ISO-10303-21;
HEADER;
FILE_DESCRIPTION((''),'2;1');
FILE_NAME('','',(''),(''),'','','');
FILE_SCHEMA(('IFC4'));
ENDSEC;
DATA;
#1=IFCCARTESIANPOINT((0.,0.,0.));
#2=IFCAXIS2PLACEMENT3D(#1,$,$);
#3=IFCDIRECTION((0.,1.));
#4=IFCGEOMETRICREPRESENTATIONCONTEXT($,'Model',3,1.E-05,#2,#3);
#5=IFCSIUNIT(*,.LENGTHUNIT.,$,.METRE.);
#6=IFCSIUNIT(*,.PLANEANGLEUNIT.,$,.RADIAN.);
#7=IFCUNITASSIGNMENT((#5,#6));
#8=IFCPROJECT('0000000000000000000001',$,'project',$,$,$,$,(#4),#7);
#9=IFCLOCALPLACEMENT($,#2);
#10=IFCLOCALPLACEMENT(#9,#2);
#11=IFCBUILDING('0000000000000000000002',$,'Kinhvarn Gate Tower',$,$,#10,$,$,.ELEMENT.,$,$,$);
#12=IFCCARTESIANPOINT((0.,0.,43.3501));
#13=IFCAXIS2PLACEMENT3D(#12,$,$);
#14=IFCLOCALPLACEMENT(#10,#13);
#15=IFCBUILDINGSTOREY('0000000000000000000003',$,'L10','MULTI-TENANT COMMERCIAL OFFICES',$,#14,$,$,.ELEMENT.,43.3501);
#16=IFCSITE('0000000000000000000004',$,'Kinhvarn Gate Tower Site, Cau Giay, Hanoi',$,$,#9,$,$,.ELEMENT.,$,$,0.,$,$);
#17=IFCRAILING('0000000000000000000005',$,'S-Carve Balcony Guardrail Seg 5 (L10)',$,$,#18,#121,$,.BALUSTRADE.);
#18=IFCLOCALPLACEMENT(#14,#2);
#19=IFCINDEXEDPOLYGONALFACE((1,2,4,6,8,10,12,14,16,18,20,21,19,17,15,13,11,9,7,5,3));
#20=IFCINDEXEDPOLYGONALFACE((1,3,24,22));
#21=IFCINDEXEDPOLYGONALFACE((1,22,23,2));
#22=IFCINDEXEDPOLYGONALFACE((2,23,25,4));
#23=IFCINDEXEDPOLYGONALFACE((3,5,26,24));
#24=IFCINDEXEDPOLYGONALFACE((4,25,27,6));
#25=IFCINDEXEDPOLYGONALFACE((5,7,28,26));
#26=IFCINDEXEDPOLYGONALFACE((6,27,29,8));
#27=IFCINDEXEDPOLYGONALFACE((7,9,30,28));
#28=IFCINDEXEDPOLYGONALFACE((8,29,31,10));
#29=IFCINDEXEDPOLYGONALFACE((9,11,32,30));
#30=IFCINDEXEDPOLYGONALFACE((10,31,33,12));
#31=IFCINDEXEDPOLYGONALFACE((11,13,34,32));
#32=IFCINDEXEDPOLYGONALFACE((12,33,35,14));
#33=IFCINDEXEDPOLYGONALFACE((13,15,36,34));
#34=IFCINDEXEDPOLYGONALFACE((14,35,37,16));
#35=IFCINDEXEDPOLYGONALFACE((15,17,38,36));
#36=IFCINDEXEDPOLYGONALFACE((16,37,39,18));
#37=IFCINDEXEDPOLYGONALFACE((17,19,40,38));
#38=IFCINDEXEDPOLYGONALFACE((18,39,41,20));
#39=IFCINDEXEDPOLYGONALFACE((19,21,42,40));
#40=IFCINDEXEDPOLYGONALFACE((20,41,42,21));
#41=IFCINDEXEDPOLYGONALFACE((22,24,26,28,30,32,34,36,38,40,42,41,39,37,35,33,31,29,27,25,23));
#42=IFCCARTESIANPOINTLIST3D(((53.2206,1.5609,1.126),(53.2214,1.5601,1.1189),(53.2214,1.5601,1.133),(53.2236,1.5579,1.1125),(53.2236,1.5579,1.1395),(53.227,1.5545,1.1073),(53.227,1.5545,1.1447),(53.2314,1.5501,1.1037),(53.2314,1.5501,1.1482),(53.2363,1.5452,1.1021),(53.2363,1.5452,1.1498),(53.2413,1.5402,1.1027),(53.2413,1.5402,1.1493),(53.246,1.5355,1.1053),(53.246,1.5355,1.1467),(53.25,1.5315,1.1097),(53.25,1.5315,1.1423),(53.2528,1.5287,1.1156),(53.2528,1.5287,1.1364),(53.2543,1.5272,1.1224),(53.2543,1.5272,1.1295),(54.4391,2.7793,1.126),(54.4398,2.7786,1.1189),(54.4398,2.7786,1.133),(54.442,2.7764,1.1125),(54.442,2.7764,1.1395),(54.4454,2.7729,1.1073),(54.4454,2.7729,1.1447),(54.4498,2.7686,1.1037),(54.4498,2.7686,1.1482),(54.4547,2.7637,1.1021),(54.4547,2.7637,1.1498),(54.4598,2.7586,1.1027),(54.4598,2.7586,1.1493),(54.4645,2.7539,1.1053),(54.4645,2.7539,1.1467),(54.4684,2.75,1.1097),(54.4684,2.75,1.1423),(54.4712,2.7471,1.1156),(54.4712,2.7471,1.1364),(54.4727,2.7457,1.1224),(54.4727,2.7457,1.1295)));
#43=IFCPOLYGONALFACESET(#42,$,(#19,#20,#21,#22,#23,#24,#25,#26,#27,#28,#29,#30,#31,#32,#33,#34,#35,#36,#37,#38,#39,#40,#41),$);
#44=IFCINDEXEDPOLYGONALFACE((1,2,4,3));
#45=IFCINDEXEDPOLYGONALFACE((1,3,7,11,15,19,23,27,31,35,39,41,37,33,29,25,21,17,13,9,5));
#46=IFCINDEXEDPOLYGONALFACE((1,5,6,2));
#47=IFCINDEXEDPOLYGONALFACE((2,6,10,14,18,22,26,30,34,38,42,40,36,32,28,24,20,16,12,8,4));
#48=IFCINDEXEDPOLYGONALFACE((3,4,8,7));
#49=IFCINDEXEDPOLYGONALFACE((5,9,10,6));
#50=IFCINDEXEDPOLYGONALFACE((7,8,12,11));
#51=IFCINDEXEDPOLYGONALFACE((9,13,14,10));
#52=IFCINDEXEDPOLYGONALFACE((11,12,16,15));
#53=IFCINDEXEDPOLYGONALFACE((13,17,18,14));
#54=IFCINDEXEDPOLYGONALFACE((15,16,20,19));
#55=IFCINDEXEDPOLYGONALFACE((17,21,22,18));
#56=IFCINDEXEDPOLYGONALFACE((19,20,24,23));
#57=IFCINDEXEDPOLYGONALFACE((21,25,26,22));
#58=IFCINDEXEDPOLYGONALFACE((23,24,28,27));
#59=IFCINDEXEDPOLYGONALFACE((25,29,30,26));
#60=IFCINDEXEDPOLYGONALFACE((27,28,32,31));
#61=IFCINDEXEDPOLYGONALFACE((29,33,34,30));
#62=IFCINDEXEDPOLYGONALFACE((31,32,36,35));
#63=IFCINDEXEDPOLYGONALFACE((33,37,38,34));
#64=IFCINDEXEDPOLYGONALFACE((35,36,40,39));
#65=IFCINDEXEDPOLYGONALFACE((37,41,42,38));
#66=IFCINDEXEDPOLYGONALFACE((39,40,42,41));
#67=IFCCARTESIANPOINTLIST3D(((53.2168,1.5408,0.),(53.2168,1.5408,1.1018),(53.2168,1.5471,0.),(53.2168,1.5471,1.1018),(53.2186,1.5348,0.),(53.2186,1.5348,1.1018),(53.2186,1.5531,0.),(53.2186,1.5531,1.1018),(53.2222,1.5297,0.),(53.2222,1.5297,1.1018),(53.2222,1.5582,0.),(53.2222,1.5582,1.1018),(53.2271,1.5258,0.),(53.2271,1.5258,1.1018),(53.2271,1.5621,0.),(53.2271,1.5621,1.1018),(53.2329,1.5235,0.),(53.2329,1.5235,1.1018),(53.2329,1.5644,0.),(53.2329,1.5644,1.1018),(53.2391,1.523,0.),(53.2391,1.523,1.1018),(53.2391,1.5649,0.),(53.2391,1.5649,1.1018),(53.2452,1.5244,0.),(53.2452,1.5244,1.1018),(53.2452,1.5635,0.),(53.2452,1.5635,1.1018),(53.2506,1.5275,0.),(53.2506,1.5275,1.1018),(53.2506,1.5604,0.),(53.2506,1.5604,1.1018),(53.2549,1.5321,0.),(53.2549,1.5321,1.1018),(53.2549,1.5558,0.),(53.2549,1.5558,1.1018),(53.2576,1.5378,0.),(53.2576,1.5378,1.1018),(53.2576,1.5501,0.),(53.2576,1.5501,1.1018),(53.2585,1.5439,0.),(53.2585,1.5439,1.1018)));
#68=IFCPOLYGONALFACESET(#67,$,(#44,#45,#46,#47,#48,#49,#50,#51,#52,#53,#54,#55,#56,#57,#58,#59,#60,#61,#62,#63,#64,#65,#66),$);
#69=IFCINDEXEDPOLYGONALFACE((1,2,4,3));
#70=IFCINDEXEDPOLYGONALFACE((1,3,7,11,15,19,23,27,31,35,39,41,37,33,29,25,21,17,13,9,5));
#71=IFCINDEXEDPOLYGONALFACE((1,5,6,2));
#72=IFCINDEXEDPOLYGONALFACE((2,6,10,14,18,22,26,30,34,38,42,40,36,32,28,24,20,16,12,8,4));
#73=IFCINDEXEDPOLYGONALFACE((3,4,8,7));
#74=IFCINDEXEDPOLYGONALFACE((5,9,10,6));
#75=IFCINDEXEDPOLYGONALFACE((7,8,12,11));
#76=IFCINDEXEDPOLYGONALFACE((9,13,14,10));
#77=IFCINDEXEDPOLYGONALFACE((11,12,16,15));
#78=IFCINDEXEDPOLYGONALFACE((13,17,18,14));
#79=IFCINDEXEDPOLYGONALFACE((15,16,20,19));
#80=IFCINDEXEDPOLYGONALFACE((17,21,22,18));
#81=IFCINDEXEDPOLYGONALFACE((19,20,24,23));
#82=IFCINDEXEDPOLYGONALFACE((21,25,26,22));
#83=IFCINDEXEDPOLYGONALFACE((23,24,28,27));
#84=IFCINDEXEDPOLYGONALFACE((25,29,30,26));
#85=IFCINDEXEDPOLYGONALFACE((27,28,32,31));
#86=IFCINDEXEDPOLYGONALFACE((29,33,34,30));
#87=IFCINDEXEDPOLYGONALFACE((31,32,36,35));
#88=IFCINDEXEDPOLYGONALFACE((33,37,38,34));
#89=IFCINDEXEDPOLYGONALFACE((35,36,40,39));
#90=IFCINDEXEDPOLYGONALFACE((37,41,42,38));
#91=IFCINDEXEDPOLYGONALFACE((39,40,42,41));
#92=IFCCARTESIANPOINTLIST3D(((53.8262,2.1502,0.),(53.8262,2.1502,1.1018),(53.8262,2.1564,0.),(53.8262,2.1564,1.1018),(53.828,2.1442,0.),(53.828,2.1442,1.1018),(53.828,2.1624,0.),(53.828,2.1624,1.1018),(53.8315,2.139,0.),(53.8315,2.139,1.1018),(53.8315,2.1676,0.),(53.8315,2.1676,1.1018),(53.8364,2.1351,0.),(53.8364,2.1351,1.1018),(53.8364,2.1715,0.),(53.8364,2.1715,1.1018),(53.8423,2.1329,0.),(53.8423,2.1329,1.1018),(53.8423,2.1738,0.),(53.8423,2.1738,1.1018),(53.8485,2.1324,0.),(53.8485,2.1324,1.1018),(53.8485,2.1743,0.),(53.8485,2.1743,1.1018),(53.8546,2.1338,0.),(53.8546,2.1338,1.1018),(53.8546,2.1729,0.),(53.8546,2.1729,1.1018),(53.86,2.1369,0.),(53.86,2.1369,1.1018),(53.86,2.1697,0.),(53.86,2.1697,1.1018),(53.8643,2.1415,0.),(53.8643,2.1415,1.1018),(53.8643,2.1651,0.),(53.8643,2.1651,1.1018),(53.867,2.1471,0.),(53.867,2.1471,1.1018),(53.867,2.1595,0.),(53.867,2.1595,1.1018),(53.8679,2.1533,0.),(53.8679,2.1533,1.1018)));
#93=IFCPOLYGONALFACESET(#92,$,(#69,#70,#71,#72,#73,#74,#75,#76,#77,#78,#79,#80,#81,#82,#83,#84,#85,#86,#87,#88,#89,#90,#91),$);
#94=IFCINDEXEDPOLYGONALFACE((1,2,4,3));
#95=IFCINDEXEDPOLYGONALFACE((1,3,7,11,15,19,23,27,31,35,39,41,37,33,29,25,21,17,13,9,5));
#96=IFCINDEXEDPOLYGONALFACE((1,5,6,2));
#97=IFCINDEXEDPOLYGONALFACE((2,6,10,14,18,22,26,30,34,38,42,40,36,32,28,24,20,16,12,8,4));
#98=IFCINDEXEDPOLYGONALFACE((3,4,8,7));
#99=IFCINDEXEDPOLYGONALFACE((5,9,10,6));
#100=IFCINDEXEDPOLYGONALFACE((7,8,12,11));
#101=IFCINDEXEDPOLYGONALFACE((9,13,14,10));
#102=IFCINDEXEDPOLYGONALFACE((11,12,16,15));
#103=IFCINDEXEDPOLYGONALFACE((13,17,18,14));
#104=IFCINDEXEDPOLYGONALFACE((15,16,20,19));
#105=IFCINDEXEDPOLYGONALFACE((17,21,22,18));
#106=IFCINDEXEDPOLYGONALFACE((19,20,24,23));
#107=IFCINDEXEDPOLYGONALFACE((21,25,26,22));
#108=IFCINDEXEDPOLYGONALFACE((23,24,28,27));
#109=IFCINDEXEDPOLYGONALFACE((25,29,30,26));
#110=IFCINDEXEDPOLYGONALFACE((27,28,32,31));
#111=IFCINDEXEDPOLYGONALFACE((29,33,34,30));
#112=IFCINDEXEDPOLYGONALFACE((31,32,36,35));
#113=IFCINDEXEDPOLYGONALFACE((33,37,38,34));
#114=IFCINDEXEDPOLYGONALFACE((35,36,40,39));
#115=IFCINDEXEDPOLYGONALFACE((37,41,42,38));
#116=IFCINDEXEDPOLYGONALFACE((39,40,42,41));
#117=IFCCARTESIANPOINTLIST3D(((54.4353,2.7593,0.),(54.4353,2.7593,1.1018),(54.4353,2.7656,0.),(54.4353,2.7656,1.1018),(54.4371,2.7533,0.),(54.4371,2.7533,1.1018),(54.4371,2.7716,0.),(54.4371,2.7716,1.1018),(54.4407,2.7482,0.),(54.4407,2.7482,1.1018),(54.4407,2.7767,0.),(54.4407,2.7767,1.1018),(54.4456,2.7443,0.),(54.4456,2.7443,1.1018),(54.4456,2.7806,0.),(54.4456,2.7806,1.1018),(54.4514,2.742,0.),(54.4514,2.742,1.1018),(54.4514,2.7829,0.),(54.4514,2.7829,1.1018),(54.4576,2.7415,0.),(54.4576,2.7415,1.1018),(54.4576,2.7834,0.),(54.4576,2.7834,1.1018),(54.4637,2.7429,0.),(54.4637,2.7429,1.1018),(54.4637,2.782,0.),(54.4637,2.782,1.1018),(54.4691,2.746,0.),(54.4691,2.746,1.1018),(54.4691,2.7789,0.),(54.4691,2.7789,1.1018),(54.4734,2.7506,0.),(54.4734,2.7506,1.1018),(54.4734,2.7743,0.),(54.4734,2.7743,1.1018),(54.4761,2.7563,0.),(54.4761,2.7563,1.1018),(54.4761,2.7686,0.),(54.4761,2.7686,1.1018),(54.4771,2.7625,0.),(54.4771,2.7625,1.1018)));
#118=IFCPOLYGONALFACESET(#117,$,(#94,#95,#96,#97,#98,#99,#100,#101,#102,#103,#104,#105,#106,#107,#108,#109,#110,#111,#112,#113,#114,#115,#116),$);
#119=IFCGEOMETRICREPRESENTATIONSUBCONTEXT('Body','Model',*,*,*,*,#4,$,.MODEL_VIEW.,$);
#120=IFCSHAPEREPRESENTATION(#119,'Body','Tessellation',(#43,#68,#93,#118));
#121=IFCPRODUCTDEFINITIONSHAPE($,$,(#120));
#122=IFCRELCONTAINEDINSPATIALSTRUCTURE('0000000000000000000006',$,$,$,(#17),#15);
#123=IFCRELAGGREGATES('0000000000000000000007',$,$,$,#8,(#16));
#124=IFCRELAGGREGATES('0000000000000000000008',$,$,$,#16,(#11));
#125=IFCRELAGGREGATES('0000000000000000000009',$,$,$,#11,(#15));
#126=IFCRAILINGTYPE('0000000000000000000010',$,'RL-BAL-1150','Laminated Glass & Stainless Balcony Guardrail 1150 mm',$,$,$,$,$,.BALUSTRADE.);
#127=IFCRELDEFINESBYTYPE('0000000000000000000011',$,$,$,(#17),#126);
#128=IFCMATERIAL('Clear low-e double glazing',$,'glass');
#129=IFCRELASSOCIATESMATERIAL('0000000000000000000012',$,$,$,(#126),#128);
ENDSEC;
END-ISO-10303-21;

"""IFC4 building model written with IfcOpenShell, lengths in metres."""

from ifc_helpers import new_model, si_unit, direction, frame, origin, origin_2d, place, context, subcontext, project, spatial, circle, extrude, material, type_object, element, save


model = new_model("IFC4")

# Units and contexts
model_context = context("Model", 3, precision=1e-05, world=origin(), true_north=direction((0.0, 1.0)))
body_context = subcontext(model_context, "Body", "Model", "MODEL_VIEW")
ifc_project = project(units=[si_unit("LENGTHUNIT", "METRE"), si_unit("PLANEANGLEUNIT", "RADIAN")], contexts=[model_context])

# Site, building, storey
site_placement = place(None, origin())
site = spatial("IfcSite", under=ifc_project, at=site_placement, Name="Kinhvarn Gate Tower Site, Cau Giay, Hanoi", CompositionType="ELEMENT", RefElevation=0.0)
building_placement = place(site_placement, origin())
building = spatial("IfcBuilding", under=site, at=building_placement, Name="Kinhvarn Gate Tower", CompositionType="ELEMENT")
storey_placement = place(building_placement, frame((0.0, 0.0, 43.3501)))
storey = spatial("IfcBuildingStorey", under=building, at=storey_placement, Name="L10", Description="MULTI-TENANT COMMERCIAL OFFICES", CompositionType="ELEMENT", Elevation=43.3501)

# Shared definitions
ifc_material_1 = material(Name="Clear low-e double glazing", Category="glass")

# Railing
railing_type = type_object("IfcRailingType", Name="RL-BAL-1150", Description="Laminated Glass & Stainless Balcony Guardrail 1150 mm", PredefinedType="BALUSTRADE", material=ifc_material_1)
railing_1_placement = place(storey_placement, frame((53.2375, 1.5439, 0.0)))
element("IfcRailing", 1, at=railing_1_placement, inside=storey, type_object=railing_type, Name="S-Carve Balcony Guardrail Seg 5 (L10)", PredefinedType="BALUSTRADE", context=body_context, shape_type="SweptSolid", body=[
    extrude(circle(Radius=0.0239, at=origin_2d()), frame((0.0, 0.0, 1.126), z_axis=(0.707107, 0.707107, 0.0), x_axis=(-0.707107, 0.707107, 0.0)), (0.0, 0.0, 1.0), 1.7231),
    extrude(circle(Radius=0.021, at=origin_2d()), origin(), (0.0, 0.0, 1.0), 1.1018),
    extrude(circle(Radius=0.021, at=origin_2d()), frame((0.6094, 0.6094, 0.0)), (0.0, 0.0, 1.0), 1.1018),
    extrude(circle(Radius=0.021, at=origin_2d()), frame((1.2185, 1.2185, 0.0)), (0.0, 0.0, 1.0), 1.1018),
])

save(model, "model.ifc")
